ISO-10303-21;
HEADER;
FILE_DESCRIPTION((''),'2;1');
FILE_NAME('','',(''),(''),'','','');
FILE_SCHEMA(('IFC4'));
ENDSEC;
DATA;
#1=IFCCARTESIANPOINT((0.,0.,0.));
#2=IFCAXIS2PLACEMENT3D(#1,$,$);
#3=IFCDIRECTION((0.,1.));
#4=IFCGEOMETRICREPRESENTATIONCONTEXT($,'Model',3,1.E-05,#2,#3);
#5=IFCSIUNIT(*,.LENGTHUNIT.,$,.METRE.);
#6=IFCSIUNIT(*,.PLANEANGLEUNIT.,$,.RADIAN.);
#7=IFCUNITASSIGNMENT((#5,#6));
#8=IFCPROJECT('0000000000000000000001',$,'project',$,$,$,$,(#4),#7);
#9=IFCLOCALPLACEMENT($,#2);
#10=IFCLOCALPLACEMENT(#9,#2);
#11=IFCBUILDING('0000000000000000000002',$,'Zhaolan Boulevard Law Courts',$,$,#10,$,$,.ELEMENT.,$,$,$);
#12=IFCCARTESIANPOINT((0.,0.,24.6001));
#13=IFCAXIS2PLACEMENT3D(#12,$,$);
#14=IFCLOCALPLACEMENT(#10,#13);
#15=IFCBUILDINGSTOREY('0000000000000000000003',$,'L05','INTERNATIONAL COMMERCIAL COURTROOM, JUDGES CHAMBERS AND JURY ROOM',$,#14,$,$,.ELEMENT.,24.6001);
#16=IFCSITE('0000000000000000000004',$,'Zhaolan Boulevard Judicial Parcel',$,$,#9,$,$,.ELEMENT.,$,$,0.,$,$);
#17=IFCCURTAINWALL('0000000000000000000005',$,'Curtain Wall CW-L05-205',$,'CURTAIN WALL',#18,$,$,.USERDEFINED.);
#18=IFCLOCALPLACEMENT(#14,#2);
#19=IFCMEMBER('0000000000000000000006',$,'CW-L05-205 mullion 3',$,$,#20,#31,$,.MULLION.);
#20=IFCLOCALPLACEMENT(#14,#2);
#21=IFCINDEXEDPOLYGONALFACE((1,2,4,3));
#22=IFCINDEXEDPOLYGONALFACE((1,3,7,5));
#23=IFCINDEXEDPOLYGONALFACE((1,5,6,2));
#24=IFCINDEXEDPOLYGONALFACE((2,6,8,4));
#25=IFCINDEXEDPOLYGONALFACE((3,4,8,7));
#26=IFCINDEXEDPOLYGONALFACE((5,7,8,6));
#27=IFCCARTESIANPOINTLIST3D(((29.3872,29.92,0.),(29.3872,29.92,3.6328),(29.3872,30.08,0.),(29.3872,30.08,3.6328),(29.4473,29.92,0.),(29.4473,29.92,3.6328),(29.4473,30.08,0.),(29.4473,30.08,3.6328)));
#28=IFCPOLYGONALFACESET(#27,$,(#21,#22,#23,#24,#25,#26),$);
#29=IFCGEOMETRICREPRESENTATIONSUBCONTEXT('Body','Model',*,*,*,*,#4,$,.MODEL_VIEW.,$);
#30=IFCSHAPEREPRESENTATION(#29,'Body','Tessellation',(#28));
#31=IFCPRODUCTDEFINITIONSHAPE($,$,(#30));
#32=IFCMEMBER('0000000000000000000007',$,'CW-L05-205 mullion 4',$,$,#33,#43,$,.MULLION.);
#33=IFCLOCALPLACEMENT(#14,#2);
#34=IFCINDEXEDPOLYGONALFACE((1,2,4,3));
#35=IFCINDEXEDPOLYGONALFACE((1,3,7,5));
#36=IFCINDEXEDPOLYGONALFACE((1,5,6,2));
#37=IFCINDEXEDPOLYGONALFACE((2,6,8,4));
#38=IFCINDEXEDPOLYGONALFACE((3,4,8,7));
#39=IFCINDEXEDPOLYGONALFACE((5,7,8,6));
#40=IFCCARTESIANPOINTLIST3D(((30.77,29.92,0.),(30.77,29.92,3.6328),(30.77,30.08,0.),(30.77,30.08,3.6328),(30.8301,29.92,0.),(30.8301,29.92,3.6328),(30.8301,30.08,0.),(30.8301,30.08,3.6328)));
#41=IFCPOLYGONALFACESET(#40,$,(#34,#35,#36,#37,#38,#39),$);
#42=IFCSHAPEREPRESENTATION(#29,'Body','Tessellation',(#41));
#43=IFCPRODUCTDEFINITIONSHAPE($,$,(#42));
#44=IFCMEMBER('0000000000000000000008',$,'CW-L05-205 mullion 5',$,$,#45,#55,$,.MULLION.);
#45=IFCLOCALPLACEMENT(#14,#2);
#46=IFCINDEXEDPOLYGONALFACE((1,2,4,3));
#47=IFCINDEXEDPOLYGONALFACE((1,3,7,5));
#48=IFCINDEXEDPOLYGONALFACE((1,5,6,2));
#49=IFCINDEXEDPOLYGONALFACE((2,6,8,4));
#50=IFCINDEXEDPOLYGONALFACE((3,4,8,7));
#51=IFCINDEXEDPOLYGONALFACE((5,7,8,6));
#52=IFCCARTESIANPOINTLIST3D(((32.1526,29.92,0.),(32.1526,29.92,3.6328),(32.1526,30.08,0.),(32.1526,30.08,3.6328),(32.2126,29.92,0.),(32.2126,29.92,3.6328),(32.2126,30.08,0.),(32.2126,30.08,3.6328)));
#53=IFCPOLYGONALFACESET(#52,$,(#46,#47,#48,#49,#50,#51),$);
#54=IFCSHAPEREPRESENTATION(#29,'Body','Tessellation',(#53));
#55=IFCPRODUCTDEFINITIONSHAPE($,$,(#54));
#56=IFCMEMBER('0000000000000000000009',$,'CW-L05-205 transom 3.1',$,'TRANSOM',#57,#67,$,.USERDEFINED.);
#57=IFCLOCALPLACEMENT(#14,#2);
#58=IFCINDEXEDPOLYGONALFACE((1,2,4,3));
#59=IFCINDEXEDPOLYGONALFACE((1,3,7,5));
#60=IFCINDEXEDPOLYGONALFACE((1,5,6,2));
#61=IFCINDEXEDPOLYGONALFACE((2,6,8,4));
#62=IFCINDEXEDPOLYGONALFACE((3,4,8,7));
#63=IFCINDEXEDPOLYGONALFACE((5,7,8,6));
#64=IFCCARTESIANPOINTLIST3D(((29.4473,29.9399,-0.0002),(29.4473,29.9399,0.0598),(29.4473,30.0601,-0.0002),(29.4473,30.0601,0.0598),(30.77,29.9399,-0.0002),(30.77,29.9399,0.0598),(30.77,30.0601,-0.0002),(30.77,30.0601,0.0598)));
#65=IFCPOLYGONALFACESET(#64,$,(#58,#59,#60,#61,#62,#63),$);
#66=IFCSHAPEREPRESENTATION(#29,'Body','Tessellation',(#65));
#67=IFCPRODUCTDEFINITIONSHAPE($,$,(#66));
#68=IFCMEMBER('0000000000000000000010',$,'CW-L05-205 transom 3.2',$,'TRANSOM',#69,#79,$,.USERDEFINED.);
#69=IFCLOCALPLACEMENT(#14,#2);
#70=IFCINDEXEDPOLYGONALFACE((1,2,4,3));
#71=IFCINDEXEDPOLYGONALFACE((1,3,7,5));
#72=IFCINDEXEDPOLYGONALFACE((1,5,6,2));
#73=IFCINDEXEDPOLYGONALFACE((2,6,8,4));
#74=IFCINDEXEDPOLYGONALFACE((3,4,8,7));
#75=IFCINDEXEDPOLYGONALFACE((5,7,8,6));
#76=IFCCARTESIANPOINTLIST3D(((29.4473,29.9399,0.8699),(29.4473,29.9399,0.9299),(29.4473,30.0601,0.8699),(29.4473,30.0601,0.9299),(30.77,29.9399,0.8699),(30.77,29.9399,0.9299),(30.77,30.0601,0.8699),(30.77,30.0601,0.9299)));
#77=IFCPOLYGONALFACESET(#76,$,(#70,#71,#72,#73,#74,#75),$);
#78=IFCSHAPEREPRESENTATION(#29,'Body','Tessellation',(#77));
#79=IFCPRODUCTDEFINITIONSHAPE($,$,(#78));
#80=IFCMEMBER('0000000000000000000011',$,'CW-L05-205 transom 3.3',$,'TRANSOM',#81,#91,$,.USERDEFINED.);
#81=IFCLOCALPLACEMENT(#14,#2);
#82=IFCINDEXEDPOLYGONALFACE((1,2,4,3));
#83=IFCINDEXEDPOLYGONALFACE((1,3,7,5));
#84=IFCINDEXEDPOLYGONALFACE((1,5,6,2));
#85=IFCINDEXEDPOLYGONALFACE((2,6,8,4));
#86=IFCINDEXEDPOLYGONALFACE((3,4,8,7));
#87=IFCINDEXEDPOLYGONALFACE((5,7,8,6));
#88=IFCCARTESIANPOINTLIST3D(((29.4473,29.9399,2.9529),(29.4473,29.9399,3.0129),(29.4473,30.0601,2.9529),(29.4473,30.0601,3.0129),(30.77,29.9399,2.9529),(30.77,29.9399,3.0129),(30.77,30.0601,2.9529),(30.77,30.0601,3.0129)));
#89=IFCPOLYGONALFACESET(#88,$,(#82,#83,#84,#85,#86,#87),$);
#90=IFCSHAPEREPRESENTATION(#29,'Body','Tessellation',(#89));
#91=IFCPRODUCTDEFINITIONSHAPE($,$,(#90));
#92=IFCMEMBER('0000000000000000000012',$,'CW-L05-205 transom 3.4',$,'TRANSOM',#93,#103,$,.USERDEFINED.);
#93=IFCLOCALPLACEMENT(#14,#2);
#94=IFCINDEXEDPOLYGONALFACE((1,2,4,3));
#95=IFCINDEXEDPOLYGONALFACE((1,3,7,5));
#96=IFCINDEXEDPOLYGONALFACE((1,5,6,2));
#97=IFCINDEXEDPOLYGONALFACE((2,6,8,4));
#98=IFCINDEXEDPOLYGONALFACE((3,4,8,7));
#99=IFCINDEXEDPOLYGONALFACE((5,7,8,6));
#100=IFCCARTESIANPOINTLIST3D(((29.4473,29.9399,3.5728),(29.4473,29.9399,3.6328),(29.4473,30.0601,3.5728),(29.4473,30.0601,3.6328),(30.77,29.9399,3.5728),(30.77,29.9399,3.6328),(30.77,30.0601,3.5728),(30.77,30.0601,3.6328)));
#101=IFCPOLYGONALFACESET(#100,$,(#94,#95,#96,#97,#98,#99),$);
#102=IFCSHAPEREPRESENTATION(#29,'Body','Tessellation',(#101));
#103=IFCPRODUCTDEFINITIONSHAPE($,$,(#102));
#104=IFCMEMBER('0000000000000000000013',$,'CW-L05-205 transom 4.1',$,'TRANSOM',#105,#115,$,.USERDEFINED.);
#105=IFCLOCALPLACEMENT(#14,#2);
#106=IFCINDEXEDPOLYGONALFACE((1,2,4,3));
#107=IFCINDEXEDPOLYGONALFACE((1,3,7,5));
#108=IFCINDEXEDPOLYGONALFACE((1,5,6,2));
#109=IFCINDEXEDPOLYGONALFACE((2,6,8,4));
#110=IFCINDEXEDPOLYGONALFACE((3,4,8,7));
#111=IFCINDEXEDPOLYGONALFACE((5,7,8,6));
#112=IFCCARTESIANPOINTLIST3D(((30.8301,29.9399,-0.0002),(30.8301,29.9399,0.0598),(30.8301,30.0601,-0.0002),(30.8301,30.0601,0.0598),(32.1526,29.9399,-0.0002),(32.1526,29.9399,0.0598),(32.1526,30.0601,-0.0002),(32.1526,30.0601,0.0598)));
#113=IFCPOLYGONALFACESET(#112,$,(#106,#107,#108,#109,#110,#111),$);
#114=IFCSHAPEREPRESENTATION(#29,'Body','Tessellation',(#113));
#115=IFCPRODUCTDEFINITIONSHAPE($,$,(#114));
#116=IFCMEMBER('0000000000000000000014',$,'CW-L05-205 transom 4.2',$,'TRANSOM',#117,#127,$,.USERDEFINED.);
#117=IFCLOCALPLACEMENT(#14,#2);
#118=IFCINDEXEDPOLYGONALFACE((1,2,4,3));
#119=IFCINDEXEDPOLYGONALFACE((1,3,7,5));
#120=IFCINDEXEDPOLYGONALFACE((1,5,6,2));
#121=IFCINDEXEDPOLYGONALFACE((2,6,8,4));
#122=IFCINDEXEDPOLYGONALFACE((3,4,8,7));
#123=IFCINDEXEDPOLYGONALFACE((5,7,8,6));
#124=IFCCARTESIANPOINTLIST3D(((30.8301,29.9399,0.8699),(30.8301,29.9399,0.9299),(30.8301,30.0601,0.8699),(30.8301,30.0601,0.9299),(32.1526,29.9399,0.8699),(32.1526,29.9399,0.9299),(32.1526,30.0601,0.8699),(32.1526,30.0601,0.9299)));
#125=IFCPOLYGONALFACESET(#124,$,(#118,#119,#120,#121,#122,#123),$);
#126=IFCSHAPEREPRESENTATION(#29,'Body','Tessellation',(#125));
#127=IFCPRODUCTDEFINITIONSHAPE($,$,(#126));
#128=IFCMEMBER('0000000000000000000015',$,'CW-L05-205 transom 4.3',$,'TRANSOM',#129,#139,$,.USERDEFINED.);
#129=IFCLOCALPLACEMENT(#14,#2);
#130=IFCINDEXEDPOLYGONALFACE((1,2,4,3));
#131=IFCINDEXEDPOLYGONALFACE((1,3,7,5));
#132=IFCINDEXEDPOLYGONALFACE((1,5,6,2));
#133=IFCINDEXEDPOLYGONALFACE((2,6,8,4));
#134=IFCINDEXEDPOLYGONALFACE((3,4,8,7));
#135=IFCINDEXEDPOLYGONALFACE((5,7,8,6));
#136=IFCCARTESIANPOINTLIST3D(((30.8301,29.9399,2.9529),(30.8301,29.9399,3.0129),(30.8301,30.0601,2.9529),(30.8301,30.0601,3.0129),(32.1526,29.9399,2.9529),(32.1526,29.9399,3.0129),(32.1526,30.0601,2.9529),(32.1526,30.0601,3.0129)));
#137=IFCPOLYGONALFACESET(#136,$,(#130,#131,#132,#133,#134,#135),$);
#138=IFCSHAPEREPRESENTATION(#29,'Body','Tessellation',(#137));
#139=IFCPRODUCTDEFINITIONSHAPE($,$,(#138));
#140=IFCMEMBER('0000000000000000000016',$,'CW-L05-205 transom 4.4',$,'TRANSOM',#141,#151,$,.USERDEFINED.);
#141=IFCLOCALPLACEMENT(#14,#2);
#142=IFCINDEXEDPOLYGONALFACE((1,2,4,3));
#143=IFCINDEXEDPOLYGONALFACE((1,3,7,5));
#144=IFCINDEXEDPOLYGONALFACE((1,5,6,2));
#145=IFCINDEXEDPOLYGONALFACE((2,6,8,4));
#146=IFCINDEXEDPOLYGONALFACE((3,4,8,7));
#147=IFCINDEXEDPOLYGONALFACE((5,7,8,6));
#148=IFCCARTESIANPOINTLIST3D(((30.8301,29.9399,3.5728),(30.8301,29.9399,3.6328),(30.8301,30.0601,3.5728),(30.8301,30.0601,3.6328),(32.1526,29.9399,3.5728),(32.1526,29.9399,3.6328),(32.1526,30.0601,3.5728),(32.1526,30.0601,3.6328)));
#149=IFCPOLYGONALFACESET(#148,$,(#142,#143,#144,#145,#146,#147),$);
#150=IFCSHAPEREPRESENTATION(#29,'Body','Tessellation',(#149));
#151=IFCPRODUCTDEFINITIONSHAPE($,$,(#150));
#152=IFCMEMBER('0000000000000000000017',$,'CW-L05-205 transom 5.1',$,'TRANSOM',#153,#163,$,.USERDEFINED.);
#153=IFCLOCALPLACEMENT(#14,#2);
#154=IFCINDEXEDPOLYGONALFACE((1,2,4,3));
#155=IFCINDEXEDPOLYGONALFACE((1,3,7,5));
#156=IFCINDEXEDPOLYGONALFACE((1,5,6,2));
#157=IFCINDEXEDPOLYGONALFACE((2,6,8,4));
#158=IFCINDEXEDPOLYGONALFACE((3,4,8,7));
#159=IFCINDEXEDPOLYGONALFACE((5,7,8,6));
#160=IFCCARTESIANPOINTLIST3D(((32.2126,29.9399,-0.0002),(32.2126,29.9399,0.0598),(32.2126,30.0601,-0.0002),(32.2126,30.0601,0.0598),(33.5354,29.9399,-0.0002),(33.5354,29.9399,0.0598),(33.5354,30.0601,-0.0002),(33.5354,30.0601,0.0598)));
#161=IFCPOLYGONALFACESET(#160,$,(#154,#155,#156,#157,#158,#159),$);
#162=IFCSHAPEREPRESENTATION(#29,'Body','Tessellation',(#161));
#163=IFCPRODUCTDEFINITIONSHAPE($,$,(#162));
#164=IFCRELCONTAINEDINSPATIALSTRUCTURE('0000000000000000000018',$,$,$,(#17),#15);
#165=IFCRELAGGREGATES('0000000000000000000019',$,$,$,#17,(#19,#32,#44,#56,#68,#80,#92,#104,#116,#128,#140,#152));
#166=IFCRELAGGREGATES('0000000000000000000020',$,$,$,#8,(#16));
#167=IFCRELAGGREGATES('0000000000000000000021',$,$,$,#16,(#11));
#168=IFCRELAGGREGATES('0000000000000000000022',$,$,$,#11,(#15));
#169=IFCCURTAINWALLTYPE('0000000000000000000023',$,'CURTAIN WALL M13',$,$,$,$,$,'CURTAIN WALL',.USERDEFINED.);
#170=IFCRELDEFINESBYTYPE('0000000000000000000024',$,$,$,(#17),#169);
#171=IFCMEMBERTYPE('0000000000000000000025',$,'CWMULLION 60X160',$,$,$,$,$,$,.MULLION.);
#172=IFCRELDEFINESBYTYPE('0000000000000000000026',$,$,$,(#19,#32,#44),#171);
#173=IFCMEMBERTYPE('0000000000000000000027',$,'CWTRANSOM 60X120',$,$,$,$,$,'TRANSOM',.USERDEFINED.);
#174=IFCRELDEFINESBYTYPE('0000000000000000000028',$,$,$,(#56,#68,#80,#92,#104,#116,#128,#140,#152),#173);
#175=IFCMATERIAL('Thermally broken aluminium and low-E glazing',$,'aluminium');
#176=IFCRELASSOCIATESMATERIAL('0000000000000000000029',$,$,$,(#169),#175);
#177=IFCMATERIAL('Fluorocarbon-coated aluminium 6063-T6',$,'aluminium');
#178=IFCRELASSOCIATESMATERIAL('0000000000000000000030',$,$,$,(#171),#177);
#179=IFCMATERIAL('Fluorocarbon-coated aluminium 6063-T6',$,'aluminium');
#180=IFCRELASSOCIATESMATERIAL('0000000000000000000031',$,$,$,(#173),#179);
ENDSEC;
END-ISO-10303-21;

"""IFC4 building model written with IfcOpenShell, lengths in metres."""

from ifc_helpers import new_model, si_unit, direction, frame, origin, origin_2d, place, context, subcontext, project, spatial, rectangle, extrude, material, material_profile, profile_set, type_object, element, aggregate, save


model = new_model("IFC4")

# Units and contexts
model_context = context("Model", 3, precision=1e-05, world=origin(), true_north=direction((0.0, 1.0)))
body_context = subcontext(model_context, "Body", "Model", "MODEL_VIEW")
ifc_project = project(units=[si_unit("LENGTHUNIT", "METRE"), si_unit("PLANEANGLEUNIT", "RADIAN")], contexts=[model_context])

# Site, building, storey
site_placement = place(None, origin())
site = spatial("IfcSite", under=ifc_project, at=site_placement, Name="Zhaolan Boulevard Judicial Parcel", CompositionType="ELEMENT", RefElevation=0.0)
building_placement = place(site_placement, origin())
building = spatial("IfcBuilding", under=site, at=building_placement, Name="Zhaolan Boulevard Law Courts", CompositionType="ELEMENT")
storey_placement = place(building_placement, frame((0.0, 0.0, 24.6001)))
storey = spatial("IfcBuildingStorey", under=building, at=storey_placement, Name="L05", Description="INTERNATIONAL COMMERCIAL COURTROOM, JUDGES CHAMBERS AND JURY ROOM", CompositionType="ELEMENT", Elevation=24.6001)

# Curtain wall, members
ifc_material_1 = material(Name="Thermally broken aluminium and low-E glazing", Category="aluminium")
curtain_wall_type = type_object("IfcCurtainWallType", Name="CURTAIN WALL M13", ElementType="CURTAIN WALL", PredefinedType="USERDEFINED", material=ifc_material_1)
curtain_wall_placement = place(storey_placement, origin())
curtain_wall = element("IfcCurtainWall", 1, at=curtain_wall_placement, inside=storey, type_object=curtain_wall_type, Name="Curtain Wall CW-L05-205", ObjectType="CURTAIN WALL", PredefinedType="USERDEFINED")
ifc_material_2 = material(Name="Fluorocarbon-coated aluminium 6063-T6", Category="aluminium")
ifc_material_profile_1 = material_profile(ifc_material_2, rectangle(XDim=0.1599, YDim=0.0601, at=origin_2d()), Name="AL60x160")
ifc_profile_set_1 = profile_set([ifc_material_profile_1], Name="Fluorocarbon-coated aluminium 6063-T6")
member_type_1 = type_object("IfcMemberType", Name="CWMULLION 60X160", PredefinedType="MULLION", material=ifc_profile_set_1)
member_1_placement = place(storey_placement, frame((29.4172, 30.0, 0.0), z_axis=(0.0, 0.0, 1.0), x_axis=(0.0, 1.0, 0.0)))
member_1 = element("IfcMember", 2, at=member_1_placement, type_object=member_type_1, Name="CW-L05-205 mullion 3", PredefinedType="MULLION", context=body_context, shape_type="SweptSolid", body=[
    extrude(rectangle(XDim=0.1599, YDim=0.0601, at=origin_2d()), origin(), (0.0, 0.0, 1.0), 3.6328),
])
member_2_placement = place(storey_placement, frame((30.8, 30.0, 0.0), z_axis=(0.0, 0.0, 1.0), x_axis=(0.0, 1.0, 0.0)))
member_2 = element("IfcMember", 3, at=member_2_placement, type_object=member_type_1, Name="CW-L05-205 mullion 4", PredefinedType="MULLION", context=body_context, shape_type="SweptSolid", body=[
    extrude(rectangle(XDim=0.1599, YDim=0.0601, at=origin_2d()), origin(), (0.0, 0.0, 1.0), 3.6328),
])
member_3_placement = place(storey_placement, frame((32.1826, 30.0, 0.0), z_axis=(0.0, 0.0, 1.0), x_axis=(0.0, 1.0, 0.0)))
member_3 = element("IfcMember", 4, at=member_3_placement, type_object=member_type_1, Name="CW-L05-205 mullion 5", PredefinedType="MULLION", context=body_context, shape_type="SweptSolid", body=[
    extrude(rectangle(XDim=0.1599, YDim=0.0601, at=origin_2d()), origin(), (0.0, 0.0, 1.0), 3.6328),
])
ifc_material_3 = material(Name="Fluorocarbon-coated aluminium 6063-T6", Category="aluminium")
ifc_material_profile_2 = material_profile(ifc_material_3, rectangle(XDim=0.1201, YDim=0.0601, at=origin_2d()), Name="AL60x120")
ifc_profile_set_2 = profile_set([ifc_material_profile_2], Name="Fluorocarbon-coated aluminium 6063-T6")
member_type_2 = type_object("IfcMemberType", Name="CWTRANSOM 60X120", ElementType="TRANSOM", PredefinedType="USERDEFINED", material=ifc_profile_set_2)
member_4_placement = place(storey_placement, frame((29.4473, 30.0, 0.0298), z_axis=(1.0, 0.0, 0.0), x_axis=(0.0, 1.0, 0.0)))
member_4 = element("IfcMember", 5, at=member_4_placement, type_object=member_type_2, Name="CW-L05-205 transom 3.1", ObjectType="TRANSOM", PredefinedType="USERDEFINED", context=body_context, shape_type="SweptSolid", body=[
    extrude(rectangle(XDim=0.1201, YDim=0.0601, at=origin_2d()), origin(), (0.0, 0.0, 1.0), 1.3228),
])
member_5_placement = place(storey_placement, frame((29.4473, 30.0, 0.8999), z_axis=(1.0, 0.0, 0.0), x_axis=(0.0, 1.0, 0.0)))
member_5 = element("IfcMember", 6, at=member_5_placement, type_object=member_type_2, Name="CW-L05-205 transom 3.2", ObjectType="TRANSOM", PredefinedType="USERDEFINED", context=body_context, shape_type="SweptSolid", body=[
    extrude(rectangle(XDim=0.1201, YDim=0.0601, at=origin_2d()), origin(), (0.0, 0.0, 1.0), 1.3228),
])
member_6_placement = place(storey_placement, frame((29.4473, 30.0, 2.9829), z_axis=(1.0, 0.0, 0.0), x_axis=(0.0, 1.0, 0.0)))
member_6 = element("IfcMember", 7, at=member_6_placement, type_object=member_type_2, Name="CW-L05-205 transom 3.3", ObjectType="TRANSOM", PredefinedType="USERDEFINED", context=body_context, shape_type="SweptSolid", body=[
    extrude(rectangle(XDim=0.1201, YDim=0.0601, at=origin_2d()), origin(), (0.0, 0.0, 1.0), 1.3228),
])
member_7_placement = place(storey_placement, frame((29.4473, 30.0, 3.6028), z_axis=(1.0, 0.0, 0.0), x_axis=(0.0, 1.0, 0.0)))
member_7 = element("IfcMember", 8, at=member_7_placement, type_object=member_type_2, Name="CW-L05-205 transom 3.4", ObjectType="TRANSOM", PredefinedType="USERDEFINED", context=body_context, shape_type="SweptSolid", body=[
    extrude(rectangle(XDim=0.1201, YDim=0.0601, at=origin_2d()), origin(), (0.0, 0.0, 1.0), 1.3228),
])
member_8_placement = place(storey_placement, frame((30.8301, 30.0, 0.0298), z_axis=(1.0, 0.0, 0.0), x_axis=(0.0, 1.0, 0.0)))
member_8 = element("IfcMember", 9, at=member_8_placement, type_object=member_type_2, Name="CW-L05-205 transom 4.1", ObjectType="TRANSOM", PredefinedType="USERDEFINED", context=body_context, shape_type="SweptSolid", body=[
    extrude(rectangle(XDim=0.1201, YDim=0.0601, at=origin_2d()), origin(), (0.0, 0.0, 1.0), 1.3225),
])
member_9_placement = place(storey_placement, frame((30.8301, 30.0, 0.8999), z_axis=(1.0, 0.0, 0.0), x_axis=(0.0, 1.0, 0.0)))
member_9 = element("IfcMember", 10, at=member_9_placement, type_object=member_type_2, Name="CW-L05-205 transom 4.2", ObjectType="TRANSOM", PredefinedType="USERDEFINED", context=body_context, shape_type="SweptSolid", body=[
    extrude(rectangle(XDim=0.1201, YDim=0.0601, at=origin_2d()), origin(), (0.0, 0.0, 1.0), 1.3225),
])
member_10_placement = place(storey_placement, frame((30.8301, 30.0, 2.9829), z_axis=(1.0, 0.0, 0.0), x_axis=(0.0, 1.0, 0.0)))
member_10 = element("IfcMember", 11, at=member_10_placement, type_object=member_type_2, Name="CW-L05-205 transom 4.3", ObjectType="TRANSOM", PredefinedType="USERDEFINED", context=body_context, shape_type="SweptSolid", body=[
    extrude(rectangle(XDim=0.1201, YDim=0.0601, at=origin_2d()), origin(), (0.0, 0.0, 1.0), 1.3225),
])
member_11_placement = place(storey_placement, frame((30.8301, 30.0, 3.6028), z_axis=(1.0, 0.0, 0.0), x_axis=(0.0, 1.0, 0.0)))
member_11 = element("IfcMember", 12, at=member_11_placement, type_object=member_type_2, Name="CW-L05-205 transom 4.4", ObjectType="TRANSOM", PredefinedType="USERDEFINED", context=body_context, shape_type="SweptSolid", body=[
    extrude(rectangle(XDim=0.1201, YDim=0.0601, at=origin_2d()), origin(), (0.0, 0.0, 1.0), 1.3225),
])
member_12_placement = place(storey_placement, frame((32.2126, 30.0, 0.0298), z_axis=(1.0, 0.0, 0.0), x_axis=(0.0, 1.0, 0.0)))
member_12 = element("IfcMember", 13, at=member_12_placement, type_object=member_type_2, Name="CW-L05-205 transom 5.1", ObjectType="TRANSOM", PredefinedType="USERDEFINED", context=body_context, shape_type="SweptSolid", body=[
    extrude(rectangle(XDim=0.1201, YDim=0.0601, at=origin_2d()), origin(), (0.0, 0.0, 1.0), 1.3228),
])

aggregate(curtain_wall, [member_1, member_2, member_3, member_4, member_5, member_6, member_7, member_8, member_9, member_10, member_11, member_12])

save(model, "model.ifc")
